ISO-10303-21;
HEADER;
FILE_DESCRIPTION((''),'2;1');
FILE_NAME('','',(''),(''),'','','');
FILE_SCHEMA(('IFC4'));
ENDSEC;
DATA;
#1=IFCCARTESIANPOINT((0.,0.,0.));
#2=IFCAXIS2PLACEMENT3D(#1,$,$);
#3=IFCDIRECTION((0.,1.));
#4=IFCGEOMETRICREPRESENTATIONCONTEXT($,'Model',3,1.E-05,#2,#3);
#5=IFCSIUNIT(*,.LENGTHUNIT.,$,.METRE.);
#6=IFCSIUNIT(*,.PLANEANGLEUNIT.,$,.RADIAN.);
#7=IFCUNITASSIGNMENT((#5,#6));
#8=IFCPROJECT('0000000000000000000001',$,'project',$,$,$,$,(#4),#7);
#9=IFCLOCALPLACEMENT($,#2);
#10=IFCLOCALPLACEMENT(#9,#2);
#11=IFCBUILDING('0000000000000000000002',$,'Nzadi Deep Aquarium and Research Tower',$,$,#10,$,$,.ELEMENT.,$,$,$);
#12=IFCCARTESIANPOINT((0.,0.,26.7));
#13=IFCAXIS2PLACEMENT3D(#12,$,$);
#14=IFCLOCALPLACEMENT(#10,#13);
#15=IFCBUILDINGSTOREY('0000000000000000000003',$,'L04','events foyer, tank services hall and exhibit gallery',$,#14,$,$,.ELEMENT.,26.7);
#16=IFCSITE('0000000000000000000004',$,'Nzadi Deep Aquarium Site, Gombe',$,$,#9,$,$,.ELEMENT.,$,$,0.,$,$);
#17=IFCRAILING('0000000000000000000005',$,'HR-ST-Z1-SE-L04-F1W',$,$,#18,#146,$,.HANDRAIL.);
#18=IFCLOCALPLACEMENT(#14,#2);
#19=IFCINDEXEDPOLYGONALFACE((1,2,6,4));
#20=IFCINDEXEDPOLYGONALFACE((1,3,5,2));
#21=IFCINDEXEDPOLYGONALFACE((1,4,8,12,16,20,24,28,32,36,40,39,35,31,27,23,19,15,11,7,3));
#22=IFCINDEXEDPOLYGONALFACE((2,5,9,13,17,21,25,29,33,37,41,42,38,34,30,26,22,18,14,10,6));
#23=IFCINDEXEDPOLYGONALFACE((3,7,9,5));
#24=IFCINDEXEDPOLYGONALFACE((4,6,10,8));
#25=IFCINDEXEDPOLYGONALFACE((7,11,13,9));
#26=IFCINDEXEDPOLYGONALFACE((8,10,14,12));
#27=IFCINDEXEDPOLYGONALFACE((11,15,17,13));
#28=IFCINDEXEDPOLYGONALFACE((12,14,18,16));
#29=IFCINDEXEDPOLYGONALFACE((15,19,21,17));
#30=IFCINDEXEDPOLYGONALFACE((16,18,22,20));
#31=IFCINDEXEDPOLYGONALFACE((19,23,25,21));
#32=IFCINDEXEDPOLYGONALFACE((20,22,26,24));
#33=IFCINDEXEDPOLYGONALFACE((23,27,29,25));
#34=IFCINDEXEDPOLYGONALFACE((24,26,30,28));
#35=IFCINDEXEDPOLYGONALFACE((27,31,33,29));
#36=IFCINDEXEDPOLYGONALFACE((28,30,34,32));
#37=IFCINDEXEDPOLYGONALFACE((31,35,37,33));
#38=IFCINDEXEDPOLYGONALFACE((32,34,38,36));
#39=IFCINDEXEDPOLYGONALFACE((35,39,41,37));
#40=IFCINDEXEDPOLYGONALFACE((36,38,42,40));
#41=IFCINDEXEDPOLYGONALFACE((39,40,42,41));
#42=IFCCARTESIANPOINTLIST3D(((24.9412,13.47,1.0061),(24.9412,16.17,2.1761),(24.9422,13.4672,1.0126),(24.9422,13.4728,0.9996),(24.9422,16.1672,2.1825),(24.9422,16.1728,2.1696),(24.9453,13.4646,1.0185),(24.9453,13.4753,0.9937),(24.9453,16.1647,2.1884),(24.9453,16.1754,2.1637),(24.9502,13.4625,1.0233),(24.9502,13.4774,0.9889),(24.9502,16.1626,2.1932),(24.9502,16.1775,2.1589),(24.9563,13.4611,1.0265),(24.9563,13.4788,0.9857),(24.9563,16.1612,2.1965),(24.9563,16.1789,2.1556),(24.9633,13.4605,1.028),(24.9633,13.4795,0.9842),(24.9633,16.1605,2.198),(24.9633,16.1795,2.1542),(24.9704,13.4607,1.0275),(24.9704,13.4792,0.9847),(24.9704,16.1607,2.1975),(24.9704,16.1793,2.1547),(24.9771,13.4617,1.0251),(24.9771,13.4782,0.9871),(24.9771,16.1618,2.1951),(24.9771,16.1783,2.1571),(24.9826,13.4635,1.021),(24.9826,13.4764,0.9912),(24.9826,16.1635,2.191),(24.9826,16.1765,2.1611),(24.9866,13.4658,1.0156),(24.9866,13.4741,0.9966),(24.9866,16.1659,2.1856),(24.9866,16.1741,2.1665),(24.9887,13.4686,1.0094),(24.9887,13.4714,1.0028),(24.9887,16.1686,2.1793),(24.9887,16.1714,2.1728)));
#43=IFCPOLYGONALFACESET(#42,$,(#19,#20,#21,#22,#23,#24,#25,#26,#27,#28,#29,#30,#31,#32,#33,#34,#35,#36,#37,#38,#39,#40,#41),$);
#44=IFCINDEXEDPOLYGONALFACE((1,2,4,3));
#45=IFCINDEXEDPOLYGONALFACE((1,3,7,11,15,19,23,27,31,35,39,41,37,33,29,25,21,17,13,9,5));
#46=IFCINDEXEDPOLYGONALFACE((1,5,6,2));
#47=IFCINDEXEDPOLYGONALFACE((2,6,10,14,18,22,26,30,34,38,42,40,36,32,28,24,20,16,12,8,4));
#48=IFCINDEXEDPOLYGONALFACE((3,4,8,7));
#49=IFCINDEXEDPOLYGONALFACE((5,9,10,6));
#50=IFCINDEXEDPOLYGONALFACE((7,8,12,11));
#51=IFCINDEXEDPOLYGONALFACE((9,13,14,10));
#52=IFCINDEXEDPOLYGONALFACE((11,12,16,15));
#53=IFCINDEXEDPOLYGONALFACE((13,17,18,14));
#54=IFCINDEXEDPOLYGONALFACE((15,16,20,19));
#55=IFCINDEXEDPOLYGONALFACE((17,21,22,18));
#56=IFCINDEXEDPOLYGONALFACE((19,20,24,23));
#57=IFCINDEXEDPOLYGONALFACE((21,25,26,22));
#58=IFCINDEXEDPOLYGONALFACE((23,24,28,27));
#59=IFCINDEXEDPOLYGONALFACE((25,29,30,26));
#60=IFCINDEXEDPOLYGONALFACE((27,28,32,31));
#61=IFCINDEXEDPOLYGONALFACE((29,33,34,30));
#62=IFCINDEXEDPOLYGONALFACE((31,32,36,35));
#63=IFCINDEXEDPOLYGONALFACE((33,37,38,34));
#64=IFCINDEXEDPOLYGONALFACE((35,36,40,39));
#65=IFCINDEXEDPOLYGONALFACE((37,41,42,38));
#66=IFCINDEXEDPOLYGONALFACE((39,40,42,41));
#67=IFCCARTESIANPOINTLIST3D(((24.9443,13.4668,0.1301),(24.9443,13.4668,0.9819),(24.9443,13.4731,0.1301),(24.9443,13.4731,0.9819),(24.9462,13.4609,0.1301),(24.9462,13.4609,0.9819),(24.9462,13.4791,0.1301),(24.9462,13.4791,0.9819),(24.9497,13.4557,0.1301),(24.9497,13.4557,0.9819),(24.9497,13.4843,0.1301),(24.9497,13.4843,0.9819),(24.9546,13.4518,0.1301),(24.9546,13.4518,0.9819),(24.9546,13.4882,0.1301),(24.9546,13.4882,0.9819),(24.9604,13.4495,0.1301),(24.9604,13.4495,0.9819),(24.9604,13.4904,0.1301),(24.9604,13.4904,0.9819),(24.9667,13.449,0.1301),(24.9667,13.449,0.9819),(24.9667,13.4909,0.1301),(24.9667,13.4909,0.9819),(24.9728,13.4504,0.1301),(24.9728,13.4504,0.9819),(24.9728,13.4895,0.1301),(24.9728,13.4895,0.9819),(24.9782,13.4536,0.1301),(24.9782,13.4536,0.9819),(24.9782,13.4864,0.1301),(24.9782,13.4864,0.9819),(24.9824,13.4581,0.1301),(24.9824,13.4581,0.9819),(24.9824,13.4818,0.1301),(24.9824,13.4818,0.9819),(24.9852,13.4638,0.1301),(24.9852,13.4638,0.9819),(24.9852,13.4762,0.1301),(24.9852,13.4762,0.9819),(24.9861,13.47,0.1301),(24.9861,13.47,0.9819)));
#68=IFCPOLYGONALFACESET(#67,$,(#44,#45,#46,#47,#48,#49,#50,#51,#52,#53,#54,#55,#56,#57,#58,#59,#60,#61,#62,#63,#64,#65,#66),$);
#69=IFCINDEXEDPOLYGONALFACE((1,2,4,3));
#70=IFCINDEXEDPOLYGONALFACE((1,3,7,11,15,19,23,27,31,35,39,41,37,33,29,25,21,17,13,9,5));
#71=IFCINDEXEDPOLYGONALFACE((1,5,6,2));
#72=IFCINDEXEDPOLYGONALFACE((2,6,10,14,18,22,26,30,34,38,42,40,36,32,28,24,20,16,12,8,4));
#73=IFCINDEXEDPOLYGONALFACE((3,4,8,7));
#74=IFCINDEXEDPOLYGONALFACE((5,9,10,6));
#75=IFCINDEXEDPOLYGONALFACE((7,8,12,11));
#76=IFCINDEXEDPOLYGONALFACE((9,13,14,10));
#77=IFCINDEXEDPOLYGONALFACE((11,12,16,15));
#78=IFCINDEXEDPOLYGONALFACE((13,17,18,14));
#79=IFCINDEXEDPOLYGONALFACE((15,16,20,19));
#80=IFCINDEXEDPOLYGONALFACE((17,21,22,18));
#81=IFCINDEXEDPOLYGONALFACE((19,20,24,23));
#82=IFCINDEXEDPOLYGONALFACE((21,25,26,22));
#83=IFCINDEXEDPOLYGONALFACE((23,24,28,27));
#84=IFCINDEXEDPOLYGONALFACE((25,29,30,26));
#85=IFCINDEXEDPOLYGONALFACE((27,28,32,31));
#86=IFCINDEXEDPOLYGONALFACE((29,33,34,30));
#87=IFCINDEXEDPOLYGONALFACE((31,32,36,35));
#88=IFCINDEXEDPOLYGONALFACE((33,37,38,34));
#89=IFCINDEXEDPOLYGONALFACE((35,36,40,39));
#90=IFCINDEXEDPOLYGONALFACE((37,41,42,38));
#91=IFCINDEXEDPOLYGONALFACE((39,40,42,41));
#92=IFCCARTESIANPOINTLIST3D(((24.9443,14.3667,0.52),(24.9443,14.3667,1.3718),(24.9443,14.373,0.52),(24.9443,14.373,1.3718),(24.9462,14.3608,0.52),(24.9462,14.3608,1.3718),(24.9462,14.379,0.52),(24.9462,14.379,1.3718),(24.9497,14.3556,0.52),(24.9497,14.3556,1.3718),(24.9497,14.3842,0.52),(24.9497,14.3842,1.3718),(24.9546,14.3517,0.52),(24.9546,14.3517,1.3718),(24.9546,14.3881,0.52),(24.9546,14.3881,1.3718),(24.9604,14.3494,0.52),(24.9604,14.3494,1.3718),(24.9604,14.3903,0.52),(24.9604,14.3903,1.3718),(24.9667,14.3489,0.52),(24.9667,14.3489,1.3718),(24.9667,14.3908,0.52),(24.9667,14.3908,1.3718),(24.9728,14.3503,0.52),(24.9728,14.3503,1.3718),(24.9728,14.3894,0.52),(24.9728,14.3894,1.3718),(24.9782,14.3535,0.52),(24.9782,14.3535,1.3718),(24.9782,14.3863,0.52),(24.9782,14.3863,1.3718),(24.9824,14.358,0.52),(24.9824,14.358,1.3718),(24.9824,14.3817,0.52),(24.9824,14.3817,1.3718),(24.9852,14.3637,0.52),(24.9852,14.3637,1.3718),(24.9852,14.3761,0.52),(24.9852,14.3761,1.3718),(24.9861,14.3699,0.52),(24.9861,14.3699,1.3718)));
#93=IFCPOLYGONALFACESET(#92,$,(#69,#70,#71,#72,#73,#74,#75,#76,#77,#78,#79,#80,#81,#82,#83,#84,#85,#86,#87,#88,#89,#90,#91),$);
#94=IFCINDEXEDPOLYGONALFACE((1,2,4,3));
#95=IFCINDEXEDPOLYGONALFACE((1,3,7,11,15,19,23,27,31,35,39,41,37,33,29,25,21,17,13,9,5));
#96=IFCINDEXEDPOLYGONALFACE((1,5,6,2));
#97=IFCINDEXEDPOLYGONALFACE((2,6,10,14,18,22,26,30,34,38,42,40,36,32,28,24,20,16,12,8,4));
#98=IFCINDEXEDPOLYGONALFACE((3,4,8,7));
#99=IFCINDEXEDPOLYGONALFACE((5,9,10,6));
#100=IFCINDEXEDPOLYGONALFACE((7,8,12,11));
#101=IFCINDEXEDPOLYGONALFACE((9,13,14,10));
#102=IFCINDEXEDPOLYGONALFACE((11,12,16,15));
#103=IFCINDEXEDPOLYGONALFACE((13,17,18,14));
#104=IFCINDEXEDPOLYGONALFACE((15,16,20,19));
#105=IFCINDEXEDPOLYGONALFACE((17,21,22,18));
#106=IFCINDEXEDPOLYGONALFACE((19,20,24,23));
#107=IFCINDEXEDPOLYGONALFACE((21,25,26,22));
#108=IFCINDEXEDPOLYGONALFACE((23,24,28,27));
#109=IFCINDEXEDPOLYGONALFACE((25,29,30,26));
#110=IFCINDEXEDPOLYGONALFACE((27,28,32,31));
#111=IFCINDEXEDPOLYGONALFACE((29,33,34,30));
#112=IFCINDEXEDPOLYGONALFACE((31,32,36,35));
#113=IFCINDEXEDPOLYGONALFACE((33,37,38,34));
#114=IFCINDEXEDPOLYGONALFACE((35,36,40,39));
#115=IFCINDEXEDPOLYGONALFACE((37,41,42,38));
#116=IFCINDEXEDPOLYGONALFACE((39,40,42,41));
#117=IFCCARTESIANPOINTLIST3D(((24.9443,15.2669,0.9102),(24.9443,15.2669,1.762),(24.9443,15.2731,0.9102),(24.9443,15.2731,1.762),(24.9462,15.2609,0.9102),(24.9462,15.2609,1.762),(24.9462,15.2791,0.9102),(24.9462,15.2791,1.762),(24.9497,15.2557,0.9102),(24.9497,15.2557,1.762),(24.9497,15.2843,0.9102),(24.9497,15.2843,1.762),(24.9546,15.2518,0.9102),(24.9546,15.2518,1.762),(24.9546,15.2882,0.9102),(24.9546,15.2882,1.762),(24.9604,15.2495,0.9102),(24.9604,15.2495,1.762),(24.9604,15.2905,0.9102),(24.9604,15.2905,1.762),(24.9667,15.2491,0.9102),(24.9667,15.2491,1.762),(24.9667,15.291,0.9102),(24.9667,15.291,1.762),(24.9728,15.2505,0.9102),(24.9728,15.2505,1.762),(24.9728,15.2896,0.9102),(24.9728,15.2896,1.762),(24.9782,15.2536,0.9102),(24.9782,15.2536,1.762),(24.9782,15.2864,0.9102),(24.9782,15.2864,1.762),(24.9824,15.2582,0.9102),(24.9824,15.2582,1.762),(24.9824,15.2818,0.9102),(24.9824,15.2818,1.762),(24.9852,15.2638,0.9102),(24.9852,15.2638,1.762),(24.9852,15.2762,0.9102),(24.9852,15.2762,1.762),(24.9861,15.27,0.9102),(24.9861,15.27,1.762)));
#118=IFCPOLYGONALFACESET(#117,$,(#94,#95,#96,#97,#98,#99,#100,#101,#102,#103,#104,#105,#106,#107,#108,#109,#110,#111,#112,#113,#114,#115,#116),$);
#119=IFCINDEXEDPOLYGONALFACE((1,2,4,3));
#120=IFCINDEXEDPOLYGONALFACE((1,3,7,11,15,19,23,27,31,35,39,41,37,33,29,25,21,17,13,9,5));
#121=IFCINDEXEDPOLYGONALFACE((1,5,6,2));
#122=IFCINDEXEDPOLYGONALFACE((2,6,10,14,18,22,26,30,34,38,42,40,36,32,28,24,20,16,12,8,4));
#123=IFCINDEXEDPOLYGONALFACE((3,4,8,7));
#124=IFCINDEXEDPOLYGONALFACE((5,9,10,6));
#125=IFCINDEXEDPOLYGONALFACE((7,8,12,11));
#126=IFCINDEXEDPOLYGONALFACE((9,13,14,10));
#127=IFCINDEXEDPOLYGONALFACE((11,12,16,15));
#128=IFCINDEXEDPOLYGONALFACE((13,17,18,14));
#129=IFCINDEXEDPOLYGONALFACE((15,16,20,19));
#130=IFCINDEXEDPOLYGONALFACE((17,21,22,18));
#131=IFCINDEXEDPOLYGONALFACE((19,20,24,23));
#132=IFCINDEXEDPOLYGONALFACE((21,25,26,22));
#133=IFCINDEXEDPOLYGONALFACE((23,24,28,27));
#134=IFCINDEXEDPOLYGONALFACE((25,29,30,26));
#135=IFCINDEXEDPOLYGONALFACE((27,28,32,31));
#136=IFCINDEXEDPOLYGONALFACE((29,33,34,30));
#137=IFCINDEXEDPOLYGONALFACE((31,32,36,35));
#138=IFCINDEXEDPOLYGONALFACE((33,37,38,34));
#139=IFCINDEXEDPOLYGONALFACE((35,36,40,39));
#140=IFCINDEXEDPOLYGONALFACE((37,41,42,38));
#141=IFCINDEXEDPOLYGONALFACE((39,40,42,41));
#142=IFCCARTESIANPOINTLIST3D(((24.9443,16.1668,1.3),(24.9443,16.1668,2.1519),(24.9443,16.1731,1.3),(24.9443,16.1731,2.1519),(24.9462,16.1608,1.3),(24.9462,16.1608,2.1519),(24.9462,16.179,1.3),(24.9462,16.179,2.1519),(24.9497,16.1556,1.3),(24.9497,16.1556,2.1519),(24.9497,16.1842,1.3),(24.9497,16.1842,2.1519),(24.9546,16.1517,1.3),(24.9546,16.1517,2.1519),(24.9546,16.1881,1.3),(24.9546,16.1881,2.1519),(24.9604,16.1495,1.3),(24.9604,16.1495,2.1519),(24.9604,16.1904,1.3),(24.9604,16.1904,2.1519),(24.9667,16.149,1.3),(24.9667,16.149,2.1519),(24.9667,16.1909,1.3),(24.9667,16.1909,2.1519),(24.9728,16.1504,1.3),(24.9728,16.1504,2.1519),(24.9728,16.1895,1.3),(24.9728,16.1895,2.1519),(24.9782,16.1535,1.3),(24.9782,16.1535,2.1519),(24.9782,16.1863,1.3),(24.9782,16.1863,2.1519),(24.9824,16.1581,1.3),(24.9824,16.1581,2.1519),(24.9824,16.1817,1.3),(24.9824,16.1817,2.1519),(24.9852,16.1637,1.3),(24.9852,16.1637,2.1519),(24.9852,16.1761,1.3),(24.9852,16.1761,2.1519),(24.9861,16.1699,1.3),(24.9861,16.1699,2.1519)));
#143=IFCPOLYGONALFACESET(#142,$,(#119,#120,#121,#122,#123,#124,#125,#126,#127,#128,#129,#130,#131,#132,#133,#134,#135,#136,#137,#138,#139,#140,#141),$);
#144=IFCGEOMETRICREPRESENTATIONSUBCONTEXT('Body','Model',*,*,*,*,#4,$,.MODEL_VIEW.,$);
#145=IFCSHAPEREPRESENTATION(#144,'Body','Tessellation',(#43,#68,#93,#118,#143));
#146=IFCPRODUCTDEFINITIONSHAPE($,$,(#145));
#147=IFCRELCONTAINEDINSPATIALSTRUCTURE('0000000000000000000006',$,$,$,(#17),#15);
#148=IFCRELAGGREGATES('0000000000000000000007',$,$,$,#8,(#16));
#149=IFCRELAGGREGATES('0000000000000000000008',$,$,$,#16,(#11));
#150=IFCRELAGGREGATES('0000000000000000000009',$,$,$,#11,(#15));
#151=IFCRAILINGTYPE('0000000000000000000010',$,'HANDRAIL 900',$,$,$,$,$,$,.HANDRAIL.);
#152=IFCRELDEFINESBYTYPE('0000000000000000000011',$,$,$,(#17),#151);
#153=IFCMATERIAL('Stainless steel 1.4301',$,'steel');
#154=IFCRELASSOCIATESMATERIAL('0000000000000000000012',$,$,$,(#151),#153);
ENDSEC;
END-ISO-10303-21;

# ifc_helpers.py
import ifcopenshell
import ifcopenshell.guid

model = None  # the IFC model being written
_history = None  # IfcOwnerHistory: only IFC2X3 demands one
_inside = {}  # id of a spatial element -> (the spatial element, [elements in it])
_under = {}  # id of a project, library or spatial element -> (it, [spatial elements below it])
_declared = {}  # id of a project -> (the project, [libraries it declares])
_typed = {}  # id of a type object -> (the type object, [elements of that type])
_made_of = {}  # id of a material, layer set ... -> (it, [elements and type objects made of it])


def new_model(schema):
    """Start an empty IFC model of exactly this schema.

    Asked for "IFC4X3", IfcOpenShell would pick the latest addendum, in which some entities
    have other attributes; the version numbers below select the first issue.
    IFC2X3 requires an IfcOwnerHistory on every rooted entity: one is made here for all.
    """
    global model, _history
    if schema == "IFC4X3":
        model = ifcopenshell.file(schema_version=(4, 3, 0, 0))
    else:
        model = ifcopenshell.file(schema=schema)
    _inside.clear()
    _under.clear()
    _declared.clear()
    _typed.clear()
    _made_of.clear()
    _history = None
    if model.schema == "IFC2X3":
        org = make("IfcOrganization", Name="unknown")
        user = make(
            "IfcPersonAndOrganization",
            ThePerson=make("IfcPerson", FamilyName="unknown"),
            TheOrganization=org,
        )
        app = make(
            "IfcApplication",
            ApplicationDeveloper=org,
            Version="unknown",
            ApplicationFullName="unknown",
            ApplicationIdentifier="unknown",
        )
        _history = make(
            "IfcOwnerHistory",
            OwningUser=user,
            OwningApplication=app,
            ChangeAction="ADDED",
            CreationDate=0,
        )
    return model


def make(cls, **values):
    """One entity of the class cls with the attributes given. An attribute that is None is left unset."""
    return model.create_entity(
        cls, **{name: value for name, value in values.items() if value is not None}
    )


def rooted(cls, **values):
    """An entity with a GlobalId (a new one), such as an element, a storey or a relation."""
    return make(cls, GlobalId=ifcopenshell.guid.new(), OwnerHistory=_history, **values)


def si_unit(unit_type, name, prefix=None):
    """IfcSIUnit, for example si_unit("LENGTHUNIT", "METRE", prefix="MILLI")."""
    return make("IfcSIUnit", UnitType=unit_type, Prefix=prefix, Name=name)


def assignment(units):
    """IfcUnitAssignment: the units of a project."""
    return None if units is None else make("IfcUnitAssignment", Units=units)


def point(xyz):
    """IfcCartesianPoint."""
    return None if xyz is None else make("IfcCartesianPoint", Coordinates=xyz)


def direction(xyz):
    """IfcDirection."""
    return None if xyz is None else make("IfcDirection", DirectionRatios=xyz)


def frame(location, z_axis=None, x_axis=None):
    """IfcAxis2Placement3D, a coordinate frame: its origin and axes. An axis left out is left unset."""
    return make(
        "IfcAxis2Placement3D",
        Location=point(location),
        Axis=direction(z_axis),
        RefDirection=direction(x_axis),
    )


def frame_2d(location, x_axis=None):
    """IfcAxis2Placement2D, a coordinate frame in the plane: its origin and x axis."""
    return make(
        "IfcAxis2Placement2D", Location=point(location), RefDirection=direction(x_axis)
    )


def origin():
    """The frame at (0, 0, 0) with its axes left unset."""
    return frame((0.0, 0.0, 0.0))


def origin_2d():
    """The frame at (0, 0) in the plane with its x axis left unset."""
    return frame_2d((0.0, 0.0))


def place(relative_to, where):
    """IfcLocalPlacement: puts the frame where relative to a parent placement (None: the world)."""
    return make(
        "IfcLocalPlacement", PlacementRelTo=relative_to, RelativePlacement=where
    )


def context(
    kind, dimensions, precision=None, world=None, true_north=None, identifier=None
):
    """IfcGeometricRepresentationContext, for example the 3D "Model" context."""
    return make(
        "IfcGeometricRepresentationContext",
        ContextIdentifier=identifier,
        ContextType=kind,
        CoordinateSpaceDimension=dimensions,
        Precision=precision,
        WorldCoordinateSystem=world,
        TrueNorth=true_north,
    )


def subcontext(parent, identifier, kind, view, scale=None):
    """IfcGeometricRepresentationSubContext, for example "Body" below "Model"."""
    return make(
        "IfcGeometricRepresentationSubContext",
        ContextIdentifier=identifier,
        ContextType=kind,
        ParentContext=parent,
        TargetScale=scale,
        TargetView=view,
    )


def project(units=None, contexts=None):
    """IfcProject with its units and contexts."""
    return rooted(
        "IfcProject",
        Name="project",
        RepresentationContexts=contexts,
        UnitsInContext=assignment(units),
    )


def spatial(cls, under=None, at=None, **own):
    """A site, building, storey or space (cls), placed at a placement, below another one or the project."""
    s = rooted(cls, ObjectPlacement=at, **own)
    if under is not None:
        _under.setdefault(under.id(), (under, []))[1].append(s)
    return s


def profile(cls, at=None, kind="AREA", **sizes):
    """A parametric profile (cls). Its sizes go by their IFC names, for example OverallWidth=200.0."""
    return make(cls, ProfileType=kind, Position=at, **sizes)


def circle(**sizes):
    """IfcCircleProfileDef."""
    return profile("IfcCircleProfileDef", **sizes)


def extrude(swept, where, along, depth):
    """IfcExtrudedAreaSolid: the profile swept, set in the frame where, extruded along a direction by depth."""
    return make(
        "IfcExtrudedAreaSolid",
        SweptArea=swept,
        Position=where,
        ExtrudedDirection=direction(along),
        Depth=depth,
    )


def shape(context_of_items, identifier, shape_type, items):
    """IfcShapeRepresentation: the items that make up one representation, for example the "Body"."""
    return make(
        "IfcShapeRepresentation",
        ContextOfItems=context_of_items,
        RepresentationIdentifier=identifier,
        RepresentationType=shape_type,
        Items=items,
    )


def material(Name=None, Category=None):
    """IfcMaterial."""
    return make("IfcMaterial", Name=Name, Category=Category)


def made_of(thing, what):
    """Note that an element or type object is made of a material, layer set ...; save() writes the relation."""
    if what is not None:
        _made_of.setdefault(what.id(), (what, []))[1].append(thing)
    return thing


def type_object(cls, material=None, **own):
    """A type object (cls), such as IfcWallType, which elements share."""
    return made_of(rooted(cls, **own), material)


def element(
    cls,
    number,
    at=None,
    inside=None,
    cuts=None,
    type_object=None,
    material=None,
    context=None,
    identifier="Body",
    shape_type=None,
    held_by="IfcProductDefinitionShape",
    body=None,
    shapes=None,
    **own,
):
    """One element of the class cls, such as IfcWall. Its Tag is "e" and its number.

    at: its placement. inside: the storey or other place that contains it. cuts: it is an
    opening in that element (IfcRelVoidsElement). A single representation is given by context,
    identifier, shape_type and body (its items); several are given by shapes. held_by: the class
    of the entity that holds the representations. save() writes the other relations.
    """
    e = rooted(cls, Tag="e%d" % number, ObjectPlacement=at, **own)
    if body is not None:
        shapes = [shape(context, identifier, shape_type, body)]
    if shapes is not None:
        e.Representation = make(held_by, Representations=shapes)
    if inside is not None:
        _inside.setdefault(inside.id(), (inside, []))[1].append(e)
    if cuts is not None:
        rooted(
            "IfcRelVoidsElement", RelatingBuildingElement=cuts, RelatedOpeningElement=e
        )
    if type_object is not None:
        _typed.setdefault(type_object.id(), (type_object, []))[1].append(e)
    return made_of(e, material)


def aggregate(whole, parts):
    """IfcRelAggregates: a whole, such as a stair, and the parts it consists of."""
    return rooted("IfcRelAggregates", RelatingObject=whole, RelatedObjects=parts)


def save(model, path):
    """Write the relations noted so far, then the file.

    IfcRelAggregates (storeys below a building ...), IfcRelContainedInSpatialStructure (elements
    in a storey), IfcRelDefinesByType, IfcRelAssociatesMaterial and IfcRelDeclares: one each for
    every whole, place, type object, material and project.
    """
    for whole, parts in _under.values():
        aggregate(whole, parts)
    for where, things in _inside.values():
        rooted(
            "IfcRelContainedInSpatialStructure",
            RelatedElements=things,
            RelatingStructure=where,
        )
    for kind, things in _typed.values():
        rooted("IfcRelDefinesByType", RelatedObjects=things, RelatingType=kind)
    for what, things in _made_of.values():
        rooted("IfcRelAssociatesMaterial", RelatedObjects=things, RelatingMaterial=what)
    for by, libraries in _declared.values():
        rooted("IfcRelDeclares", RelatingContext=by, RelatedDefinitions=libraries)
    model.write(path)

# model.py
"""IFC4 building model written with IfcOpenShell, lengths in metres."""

from ifc_helpers import new_model, si_unit, direction, frame, origin, origin_2d, place, context, subcontext, project, spatial, circle, extrude, material, type_object, element, save


model = new_model("IFC4")

# Units and contexts
model_context = context("Model", 3, precision=1e-05, world=origin(), true_north=direction((0.0, 1.0)))
body_context = subcontext(model_context, "Body", "Model", "MODEL_VIEW")
ifc_project = project(units=[si_unit("LENGTHUNIT", "METRE"), si_unit("PLANEANGLEUNIT", "RADIAN")], contexts=[model_context])

# Site, building, storey
site_placement = place(None, origin())
site = spatial("IfcSite", under=ifc_project, at=site_placement, Name="Nzadi Deep Aquarium Site, Gombe", CompositionType="ELEMENT", RefElevation=0.0)
building_placement = place(site_placement, origin())
building = spatial("IfcBuilding", under=site, at=building_placement, Name="Nzadi Deep Aquarium and Research Tower", CompositionType="ELEMENT")
storey_placement = place(building_placement, frame((0.0, 0.0, 26.7)))
storey = spatial("IfcBuildingStorey", under=building, at=storey_placement, Name="L04", Description="events foyer, tank services hall and exhibit gallery", CompositionType="ELEMENT", Elevation=26.7)

# Railing
ifc_material_1 = material(Name="Stainless steel 1.4301", Category="steel")
railing_type = type_object("IfcRailingType", Name="HANDRAIL 900", PredefinedType="HANDRAIL", material=ifc_material_1)
for number, where, name in (
    (1, (24.9651, 13.47, 0.1301), "HR-ST-Z1-SE-L04-F1W"),
):
    element("IfcRailing", number, at=place(storey_placement, frame(where)), inside=storey, type_object=railing_type, Name=name, PredefinedType="HANDRAIL", context=body_context, shape_type="SweptSolid", body=[
        extrude(circle(Radius=0.0239, at=origin_2d()), frame((0.0, 0.0, 0.876), z_axis=(0.0, 0.917563, 0.397591), x_axis=(-1.0, 0.0, 0.0)), (0.0, 0.0, 1.0), 2.9426),
        extrude(circle(Radius=0.021, at=origin_2d()), origin(), (0.0, 0.0, 1.0), 0.8518),
        extrude(circle(Radius=0.021, at=origin_2d()), frame((0.0, 0.8999, 0.3899)), (0.0, 0.0, 1.0), 0.8518),
        extrude(circle(Radius=0.021, at=origin_2d()), frame((0.0, 1.8, 0.78)), (0.0, 0.0, 1.0), 0.8518),
        extrude(circle(Radius=0.021, at=origin_2d()), frame((0.0, 2.7, 1.1699)), (0.0, 0.0, 1.0), 0.8518),
    ])

save(model, "model.ifc")
